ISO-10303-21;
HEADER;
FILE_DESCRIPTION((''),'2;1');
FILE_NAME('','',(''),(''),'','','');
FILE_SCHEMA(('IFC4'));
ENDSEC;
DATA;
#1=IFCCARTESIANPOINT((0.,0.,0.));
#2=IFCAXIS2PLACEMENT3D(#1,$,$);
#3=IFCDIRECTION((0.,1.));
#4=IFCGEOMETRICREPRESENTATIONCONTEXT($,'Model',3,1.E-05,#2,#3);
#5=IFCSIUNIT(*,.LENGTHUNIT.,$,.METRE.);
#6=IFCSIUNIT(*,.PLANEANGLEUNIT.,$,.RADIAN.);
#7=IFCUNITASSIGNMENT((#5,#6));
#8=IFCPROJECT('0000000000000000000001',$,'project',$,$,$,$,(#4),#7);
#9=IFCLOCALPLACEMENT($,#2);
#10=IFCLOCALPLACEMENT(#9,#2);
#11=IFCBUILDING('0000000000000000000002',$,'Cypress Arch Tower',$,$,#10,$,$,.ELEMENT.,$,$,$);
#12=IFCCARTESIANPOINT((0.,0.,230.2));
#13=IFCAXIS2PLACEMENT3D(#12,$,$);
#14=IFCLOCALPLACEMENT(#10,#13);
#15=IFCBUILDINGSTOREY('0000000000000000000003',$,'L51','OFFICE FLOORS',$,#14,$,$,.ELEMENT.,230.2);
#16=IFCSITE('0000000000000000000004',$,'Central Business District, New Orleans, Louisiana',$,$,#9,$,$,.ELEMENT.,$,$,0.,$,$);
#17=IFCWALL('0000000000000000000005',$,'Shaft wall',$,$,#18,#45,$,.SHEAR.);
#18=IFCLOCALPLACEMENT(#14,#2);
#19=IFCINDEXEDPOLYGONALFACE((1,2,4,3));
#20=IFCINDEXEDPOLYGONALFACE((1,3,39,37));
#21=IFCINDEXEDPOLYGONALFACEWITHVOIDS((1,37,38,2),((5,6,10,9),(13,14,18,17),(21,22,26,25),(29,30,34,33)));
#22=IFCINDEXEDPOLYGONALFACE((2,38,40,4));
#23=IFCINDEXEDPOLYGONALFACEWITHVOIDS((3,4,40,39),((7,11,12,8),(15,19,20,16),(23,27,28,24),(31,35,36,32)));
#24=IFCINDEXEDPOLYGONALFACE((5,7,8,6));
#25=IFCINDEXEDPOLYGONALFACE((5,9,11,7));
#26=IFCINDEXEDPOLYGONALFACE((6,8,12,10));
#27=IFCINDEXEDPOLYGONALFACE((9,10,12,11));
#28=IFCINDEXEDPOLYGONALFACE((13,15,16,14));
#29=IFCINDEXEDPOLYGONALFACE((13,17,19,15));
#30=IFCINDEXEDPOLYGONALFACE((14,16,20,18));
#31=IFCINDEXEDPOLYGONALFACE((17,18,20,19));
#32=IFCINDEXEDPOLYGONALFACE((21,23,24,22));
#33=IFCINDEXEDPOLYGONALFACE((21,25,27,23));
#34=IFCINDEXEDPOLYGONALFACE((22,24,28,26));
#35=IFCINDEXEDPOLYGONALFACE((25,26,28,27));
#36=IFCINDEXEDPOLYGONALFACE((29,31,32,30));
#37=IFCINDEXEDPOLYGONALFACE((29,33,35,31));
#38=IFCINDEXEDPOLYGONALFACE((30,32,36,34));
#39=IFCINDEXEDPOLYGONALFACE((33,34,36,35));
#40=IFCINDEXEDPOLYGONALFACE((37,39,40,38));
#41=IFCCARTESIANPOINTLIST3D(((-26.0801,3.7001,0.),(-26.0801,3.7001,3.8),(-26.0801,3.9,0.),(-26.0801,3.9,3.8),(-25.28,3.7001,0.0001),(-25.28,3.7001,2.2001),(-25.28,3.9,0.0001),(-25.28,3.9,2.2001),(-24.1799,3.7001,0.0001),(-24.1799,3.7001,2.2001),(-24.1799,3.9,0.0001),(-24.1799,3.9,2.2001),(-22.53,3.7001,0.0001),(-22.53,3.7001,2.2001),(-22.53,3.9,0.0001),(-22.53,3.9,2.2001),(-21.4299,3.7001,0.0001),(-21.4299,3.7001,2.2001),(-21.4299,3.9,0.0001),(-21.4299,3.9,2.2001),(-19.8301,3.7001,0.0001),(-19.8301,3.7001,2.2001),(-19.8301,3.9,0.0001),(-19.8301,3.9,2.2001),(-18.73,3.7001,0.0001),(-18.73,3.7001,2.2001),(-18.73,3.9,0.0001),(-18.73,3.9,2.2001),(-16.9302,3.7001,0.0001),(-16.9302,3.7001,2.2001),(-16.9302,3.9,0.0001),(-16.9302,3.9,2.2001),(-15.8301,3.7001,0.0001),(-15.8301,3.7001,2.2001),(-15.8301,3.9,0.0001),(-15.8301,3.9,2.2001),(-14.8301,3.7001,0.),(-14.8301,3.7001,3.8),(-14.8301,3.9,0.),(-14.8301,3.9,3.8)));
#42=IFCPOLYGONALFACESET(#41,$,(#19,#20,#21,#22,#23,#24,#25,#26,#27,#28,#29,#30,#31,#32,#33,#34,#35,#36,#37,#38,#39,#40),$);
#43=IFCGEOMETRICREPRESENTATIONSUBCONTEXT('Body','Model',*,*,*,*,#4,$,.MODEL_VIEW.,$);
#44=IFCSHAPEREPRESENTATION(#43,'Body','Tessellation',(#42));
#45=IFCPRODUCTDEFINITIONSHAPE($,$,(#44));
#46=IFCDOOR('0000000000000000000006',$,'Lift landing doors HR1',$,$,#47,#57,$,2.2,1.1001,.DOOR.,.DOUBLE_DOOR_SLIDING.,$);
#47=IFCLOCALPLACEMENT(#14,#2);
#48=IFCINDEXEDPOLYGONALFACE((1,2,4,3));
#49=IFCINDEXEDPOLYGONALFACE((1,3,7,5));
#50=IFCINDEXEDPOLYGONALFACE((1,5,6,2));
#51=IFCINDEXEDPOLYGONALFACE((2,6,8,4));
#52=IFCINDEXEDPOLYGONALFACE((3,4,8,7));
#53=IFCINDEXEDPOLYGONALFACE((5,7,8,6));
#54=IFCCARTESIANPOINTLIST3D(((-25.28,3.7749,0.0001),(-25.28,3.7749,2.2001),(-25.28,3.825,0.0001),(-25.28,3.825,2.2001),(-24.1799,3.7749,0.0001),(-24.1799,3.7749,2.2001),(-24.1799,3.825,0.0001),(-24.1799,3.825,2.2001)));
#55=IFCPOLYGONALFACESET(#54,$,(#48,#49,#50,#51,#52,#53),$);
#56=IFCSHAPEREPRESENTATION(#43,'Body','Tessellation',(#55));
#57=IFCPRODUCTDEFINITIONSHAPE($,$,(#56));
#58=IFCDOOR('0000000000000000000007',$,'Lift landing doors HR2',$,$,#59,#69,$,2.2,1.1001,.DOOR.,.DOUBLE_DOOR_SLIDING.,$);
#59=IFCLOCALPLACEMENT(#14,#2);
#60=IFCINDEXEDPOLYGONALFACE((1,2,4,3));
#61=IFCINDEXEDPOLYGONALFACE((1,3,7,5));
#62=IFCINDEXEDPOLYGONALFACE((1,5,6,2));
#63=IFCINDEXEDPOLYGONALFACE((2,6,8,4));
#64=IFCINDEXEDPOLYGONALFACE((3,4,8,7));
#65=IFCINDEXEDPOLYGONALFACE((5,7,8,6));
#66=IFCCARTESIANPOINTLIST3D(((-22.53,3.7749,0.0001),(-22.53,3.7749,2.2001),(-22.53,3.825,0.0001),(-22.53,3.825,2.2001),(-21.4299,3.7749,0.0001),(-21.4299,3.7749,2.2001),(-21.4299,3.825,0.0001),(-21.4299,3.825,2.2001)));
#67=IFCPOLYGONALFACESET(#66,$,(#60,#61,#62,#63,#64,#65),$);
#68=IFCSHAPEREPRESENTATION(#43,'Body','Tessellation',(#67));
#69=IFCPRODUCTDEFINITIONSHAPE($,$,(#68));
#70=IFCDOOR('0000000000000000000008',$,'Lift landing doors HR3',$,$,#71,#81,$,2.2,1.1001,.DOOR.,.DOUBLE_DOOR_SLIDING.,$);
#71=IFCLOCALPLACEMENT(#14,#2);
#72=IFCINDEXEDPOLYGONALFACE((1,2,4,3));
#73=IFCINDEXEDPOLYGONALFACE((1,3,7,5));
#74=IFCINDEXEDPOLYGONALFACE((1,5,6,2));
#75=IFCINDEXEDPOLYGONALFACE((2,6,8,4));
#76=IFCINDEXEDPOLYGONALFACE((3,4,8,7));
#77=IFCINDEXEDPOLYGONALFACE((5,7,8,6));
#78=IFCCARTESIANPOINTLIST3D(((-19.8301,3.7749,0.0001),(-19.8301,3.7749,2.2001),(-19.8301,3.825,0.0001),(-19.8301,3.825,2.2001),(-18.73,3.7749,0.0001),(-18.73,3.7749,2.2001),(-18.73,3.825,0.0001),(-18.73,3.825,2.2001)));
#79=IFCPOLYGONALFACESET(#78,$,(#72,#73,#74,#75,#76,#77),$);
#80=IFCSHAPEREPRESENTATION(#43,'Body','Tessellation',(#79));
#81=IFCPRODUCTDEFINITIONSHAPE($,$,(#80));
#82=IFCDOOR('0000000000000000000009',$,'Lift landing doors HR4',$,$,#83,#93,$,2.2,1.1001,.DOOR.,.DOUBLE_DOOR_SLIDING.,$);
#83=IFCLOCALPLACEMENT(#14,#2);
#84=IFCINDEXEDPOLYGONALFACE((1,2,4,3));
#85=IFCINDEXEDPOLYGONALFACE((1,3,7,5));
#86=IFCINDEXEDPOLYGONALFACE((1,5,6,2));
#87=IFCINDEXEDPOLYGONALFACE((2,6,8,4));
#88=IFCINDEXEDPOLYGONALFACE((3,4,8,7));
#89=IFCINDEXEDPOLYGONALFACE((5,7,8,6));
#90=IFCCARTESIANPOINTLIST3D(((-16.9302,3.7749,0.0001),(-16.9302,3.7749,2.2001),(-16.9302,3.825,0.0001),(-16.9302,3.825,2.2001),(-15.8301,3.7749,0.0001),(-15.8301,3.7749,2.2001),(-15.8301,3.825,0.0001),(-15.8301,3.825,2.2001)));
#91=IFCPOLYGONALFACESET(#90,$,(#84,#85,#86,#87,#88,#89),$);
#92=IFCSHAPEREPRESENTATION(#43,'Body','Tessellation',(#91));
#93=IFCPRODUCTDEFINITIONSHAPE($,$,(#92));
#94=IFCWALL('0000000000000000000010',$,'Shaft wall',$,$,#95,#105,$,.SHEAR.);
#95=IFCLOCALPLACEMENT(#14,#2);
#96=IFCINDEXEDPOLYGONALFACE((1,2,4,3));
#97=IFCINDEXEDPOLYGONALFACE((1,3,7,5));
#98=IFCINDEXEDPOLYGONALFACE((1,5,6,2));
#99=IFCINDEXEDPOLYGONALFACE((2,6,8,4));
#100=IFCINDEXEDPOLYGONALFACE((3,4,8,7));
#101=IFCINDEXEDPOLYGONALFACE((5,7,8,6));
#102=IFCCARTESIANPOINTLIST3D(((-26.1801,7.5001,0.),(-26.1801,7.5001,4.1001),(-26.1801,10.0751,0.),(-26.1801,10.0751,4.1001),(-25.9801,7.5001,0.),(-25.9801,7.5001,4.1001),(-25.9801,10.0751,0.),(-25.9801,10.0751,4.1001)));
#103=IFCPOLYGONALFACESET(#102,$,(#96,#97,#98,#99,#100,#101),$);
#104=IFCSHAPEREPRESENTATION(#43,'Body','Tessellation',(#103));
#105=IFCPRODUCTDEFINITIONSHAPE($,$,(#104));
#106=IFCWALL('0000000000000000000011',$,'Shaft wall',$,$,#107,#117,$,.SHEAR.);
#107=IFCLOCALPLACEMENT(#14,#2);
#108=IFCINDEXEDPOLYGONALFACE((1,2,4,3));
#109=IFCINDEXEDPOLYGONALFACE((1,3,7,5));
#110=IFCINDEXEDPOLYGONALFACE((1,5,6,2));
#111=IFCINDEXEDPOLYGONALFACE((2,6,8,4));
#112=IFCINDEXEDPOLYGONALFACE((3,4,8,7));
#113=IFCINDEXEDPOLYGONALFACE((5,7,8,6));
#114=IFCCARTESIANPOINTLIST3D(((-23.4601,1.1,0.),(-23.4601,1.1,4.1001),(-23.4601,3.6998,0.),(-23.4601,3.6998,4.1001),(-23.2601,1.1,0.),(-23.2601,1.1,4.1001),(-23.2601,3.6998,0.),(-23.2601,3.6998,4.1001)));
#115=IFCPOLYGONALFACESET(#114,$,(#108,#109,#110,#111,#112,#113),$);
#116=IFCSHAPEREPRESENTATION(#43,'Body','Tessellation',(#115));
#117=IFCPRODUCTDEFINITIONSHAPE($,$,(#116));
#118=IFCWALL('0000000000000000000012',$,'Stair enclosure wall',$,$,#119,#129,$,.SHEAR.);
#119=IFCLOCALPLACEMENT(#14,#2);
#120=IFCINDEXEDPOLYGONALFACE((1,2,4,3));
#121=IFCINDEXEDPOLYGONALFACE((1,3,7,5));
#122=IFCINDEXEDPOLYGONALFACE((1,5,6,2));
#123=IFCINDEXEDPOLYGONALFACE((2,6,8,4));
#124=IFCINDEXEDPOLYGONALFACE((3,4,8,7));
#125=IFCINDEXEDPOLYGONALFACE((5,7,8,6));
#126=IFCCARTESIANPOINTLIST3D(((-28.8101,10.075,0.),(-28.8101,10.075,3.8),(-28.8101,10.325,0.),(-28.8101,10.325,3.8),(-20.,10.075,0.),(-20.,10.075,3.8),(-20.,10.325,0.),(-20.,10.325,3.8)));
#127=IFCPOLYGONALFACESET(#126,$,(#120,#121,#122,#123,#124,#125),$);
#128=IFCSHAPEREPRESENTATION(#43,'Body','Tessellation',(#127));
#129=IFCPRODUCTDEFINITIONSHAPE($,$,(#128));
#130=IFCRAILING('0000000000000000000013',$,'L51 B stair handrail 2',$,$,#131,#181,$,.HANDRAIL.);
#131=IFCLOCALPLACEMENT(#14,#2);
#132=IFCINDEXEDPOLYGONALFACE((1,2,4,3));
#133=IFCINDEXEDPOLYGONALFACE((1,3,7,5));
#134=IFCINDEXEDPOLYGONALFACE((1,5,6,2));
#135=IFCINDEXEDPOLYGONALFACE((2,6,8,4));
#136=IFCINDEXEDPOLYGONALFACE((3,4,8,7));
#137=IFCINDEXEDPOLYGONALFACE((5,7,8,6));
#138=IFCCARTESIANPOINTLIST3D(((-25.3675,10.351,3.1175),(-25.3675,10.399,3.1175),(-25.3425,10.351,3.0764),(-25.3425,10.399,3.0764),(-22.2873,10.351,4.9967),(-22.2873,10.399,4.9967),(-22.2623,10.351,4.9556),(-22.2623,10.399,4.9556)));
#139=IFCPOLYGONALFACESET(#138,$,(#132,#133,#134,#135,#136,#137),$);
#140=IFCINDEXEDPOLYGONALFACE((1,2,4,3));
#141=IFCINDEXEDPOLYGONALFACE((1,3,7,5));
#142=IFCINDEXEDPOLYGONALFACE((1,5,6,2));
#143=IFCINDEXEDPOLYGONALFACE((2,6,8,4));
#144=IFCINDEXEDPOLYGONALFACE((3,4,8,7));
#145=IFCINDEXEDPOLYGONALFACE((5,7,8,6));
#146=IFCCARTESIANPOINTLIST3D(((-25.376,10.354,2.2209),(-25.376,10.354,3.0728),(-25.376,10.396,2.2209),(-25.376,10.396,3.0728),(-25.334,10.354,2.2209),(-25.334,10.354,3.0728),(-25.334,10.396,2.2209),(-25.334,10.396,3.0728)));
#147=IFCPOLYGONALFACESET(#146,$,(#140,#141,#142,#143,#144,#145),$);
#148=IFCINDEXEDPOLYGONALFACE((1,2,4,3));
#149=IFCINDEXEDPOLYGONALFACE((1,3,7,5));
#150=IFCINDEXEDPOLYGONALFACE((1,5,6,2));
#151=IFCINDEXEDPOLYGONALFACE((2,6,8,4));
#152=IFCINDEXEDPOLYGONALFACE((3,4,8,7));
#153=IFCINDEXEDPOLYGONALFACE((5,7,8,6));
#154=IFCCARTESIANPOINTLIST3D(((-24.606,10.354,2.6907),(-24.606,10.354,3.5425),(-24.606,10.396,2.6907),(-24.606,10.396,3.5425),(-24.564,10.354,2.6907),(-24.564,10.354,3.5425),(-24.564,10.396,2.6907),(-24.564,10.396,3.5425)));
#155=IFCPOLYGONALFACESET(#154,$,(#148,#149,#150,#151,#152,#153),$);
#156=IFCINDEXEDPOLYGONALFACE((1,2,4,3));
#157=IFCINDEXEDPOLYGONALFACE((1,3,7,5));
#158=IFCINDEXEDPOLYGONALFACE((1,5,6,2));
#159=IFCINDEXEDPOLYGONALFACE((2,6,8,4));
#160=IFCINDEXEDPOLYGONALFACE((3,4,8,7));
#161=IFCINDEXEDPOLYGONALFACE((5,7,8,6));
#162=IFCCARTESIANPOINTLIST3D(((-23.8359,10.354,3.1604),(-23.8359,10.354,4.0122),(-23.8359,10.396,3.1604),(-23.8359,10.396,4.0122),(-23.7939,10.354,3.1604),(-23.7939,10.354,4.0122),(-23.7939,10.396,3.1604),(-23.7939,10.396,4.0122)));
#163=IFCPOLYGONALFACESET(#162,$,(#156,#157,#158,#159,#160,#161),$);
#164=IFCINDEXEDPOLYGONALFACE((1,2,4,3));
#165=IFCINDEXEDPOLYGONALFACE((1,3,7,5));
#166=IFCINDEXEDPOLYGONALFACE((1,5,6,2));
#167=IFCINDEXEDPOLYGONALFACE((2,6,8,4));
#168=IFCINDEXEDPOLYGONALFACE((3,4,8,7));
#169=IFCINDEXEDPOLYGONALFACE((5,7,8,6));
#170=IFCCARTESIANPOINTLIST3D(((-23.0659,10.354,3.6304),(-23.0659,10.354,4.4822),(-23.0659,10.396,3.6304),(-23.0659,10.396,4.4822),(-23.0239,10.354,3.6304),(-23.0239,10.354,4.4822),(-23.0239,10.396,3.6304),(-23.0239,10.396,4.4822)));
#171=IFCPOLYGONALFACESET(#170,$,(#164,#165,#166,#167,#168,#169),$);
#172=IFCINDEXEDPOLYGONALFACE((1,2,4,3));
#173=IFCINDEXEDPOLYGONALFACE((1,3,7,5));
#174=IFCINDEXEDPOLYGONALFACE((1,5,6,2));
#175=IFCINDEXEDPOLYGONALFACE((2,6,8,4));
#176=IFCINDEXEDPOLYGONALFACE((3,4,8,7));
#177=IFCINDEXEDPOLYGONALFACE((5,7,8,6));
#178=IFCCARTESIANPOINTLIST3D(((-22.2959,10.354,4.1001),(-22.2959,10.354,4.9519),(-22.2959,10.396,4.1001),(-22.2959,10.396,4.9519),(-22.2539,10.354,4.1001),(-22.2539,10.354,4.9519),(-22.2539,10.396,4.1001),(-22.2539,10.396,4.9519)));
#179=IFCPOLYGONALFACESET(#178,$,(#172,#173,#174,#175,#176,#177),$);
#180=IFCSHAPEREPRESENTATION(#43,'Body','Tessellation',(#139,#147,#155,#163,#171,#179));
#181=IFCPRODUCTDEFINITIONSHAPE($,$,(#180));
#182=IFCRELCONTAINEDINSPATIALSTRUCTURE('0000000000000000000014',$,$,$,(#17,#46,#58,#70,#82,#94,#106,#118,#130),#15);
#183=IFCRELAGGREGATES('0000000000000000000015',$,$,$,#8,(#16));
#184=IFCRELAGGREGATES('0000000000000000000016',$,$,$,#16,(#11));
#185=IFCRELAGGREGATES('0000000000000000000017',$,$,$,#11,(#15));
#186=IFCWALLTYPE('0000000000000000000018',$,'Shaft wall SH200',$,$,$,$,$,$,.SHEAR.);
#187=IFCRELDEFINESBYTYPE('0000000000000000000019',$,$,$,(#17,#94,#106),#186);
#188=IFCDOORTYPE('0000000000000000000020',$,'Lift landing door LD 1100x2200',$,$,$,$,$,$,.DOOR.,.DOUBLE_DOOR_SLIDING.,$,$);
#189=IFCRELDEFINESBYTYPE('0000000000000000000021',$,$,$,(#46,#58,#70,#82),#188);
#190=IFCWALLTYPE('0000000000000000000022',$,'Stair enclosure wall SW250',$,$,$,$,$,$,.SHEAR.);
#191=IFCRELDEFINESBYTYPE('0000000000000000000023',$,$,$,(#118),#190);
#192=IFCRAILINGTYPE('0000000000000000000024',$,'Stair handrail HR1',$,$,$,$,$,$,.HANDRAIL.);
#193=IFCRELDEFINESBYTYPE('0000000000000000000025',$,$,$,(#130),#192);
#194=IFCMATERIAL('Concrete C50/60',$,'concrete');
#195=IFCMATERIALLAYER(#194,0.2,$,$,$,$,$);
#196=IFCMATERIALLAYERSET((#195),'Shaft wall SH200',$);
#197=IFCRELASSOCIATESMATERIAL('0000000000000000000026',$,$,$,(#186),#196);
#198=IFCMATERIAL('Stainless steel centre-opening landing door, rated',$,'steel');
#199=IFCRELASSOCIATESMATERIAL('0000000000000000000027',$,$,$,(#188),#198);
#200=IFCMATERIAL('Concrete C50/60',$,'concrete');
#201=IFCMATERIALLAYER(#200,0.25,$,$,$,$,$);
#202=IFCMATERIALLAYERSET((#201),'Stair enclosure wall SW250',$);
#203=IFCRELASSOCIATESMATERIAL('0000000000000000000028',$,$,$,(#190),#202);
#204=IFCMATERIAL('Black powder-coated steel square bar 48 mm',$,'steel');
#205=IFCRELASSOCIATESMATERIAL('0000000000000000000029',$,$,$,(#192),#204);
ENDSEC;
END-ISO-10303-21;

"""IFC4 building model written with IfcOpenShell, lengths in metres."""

from ifc_helpers import new_model, si_unit, direction, frame, frame_2d, origin, origin_2d, place, context, subcontext, project, spatial, rectangle, extrude, material, layer, layer_set, type_object, element, fill, save


model = new_model("IFC4")

# Units and contexts
model_context = context("Model", 3, precision=1e-05, world=origin(), true_north=direction((0.0, 1.0)))
body_context = subcontext(model_context, "Body", "Model", "MODEL_VIEW")
ifc_project = project(units=[si_unit("LENGTHUNIT", "METRE"), si_unit("PLANEANGLEUNIT", "RADIAN")], contexts=[model_context])

# Site, building, storey
site_placement = place(None, origin())
site = spatial("IfcSite", under=ifc_project, at=site_placement, Name="Central Business District, New Orleans, Louisiana", CompositionType="ELEMENT", RefElevation=0.0)
building_placement = place(site_placement, origin())
building = spatial("IfcBuilding", under=site, at=building_placement, Name="Cypress Arch Tower", CompositionType="ELEMENT")
storey_placement = place(building_placement, frame((0.0, 0.0, 230.2)))
storey = spatial("IfcBuildingStorey", under=building, at=storey_placement, Name="L51", Description="OFFICE FLOORS", CompositionType="ELEMENT", Elevation=230.2)

# Shared definitions
ifc_material_1 = material(Name="Concrete C50/60", Category="concrete")
ifc_layer_1 = layer(ifc_material_1, 0.2)
ifc_layer_set_1 = layer_set([ifc_layer_1], Name="Shaft wall SH200")
wall_type_1 = type_object("IfcWallType", Name="Shaft wall SH200", PredefinedType="SHEAR", material=ifc_layer_set_1)
ifc_material_2 = material(Name="Stainless steel centre-opening landing door, rated", Category="steel")
door_type_1 = type_object("IfcDoorType", Name="Lift landing door LD 1100x2200", OperationType="DOUBLE_DOOR_SLIDING", PredefinedType="DOOR", material=ifc_material_2)

# Wall, openings, doors
wall_1_placement = place(storey_placement, frame((-26.0801, 3.8, 0.0), z_axis=(0.0, 0.0, 1.0), x_axis=(1.0, 0.0, 0.0)))
wall_1 = element("IfcWall", 1, at=wall_1_placement, inside=storey, type_object=wall_type_1, Name="Shaft wall", PredefinedType="SHEAR", context=body_context, shape_type="SweptSolid", body=[
    extrude(rectangle(XDim=11.25, YDim=0.2, at=frame_2d((5.625, 0.0))), origin(), (0.0, 0.0, 1.0), 3.8),
])
opening_1_placement = place(wall_1_placement, frame((0.8, 0.0, 0.0)))
opening_1 = element("IfcOpeningElement", 2, at=opening_1_placement, cuts=wall_1, PredefinedType="OPENING", context=body_context, shape_type="SweptSolid", body=[
    extrude(rectangle(XDim=1.1001, YDim=2.2, at=frame_2d((0.55, 1.1001))), frame((0.0, 0.1099, 0.0), z_axis=(0.0, -1.0, 0.0), x_axis=(1.0, 0.0, 0.0)), (0.0, 0.0, 1.0), 0.22),
])
opening_2_placement = place(wall_1_placement, frame((3.55, 0.0, 0.0)))
opening_2 = element("IfcOpeningElement", 3, at=opening_2_placement, cuts=wall_1, PredefinedType="OPENING", context=body_context, shape_type="SweptSolid", body=[
    extrude(rectangle(XDim=1.1001, YDim=2.2, at=frame_2d((0.55, 1.1001))), frame((0.0, 0.1099, 0.0), z_axis=(0.0, -1.0, 0.0), x_axis=(1.0, 0.0, 0.0)), (0.0, 0.0, 1.0), 0.22),
])
opening_3_placement = place(wall_1_placement, frame((6.25, 0.0, 0.0)))
opening_3 = element("IfcOpeningElement", 4, at=opening_3_placement, cuts=wall_1, PredefinedType="OPENING", context=body_context, shape_type="SweptSolid", body=[
    extrude(rectangle(XDim=1.1001, YDim=2.2, at=frame_2d((0.55, 1.1001))), frame((0.0, 0.1099, 0.0), z_axis=(0.0, -1.0, 0.0), x_axis=(1.0, 0.0, 0.0)), (0.0, 0.0, 1.0), 0.22),
])
opening_4_placement = place(wall_1_placement, frame((9.1499, 0.0, 0.0)))
opening_4 = element("IfcOpeningElement", 5, at=opening_4_placement, cuts=wall_1, PredefinedType="OPENING", context=body_context, shape_type="SweptSolid", body=[
    extrude(rectangle(XDim=1.1001, YDim=2.2, at=frame_2d((0.55, 1.1001))), frame((0.0, 0.1099, 0.0), z_axis=(0.0, -1.0, 0.0), x_axis=(1.0, 0.0, 0.0)), (0.0, 0.0, 1.0), 0.22),
])
door_1_placement = place(opening_1_placement, origin())
door_1 = element("IfcDoor", 6, at=door_1_placement, inside=storey, type_object=door_type_1, Name="Lift landing doors HR1", OperationType="DOUBLE_DOOR_SLIDING", OverallHeight=2.2, OverallWidth=1.1001, PredefinedType="DOOR", context=body_context, shape_type="SweptSolid", body=[
    extrude(rectangle(XDim=1.1001, YDim=2.2, at=frame_2d((0.55, 1.1001))), frame((0.0, 0.0249, 0.0), z_axis=(0.0, -1.0, 0.0), x_axis=(1.0, 0.0, 0.0)), (0.0, 0.0, 1.0), 0.05),
])
fill(opening_1, door_1)
door_2_placement = place(opening_2_placement, origin())
door_2 = element("IfcDoor", 7, at=door_2_placement, inside=storey, type_object=door_type_1, Name="Lift landing doors HR2", OperationType="DOUBLE_DOOR_SLIDING", OverallHeight=2.2, OverallWidth=1.1001, PredefinedType="DOOR", context=body_context, shape_type="SweptSolid", body=[
    extrude(rectangle(XDim=1.1001, YDim=2.2, at=frame_2d((0.55, 1.1001))), frame((0.0, 0.0249, 0.0), z_axis=(0.0, -1.0, 0.0), x_axis=(1.0, 0.0, 0.0)), (0.0, 0.0, 1.0), 0.05),
])
fill(opening_2, door_2)
door_3_placement = place(opening_3_placement, origin())
door_3 = element("IfcDoor", 8, at=door_3_placement, inside=storey, type_object=door_type_1, Name="Lift landing doors HR3", OperationType="DOUBLE_DOOR_SLIDING", OverallHeight=2.2, OverallWidth=1.1001, PredefinedType="DOOR", context=body_context, shape_type="SweptSolid", body=[
    extrude(rectangle(XDim=1.1001, YDim=2.2, at=frame_2d((0.55, 1.1001))), frame((0.0, 0.0249, 0.0), z_axis=(0.0, -1.0, 0.0), x_axis=(1.0, 0.0, 0.0)), (0.0, 0.0, 1.0), 0.05),
])
fill(opening_3, door_3)
door_4_placement = place(opening_4_placement, origin())
door_4 = element("IfcDoor", 9, at=door_4_placement, inside=storey, type_object=door_type_1, Name="Lift landing doors HR4", OperationType="DOUBLE_DOOR_SLIDING", OverallHeight=2.2, OverallWidth=1.1001, PredefinedType="DOOR", context=body_context, shape_type="SweptSolid", body=[
    extrude(rectangle(XDim=1.1001, YDim=2.2, at=frame_2d((0.55, 1.1001))), frame((0.0, 0.0249, 0.0), z_axis=(0.0, -1.0, 0.0), x_axis=(1.0, 0.0, 0.0)), (0.0, 0.0, 1.0), 0.05),
])
fill(opening_4, door_4)

# Walls
wall_2_placement = place(storey_placement, frame((-26.0801, 7.5, 0.0), z_axis=(0.0, 0.0, 1.0), x_axis=(0.0, 1.0, 0.0)))
element("IfcWall", 10, at=wall_2_placement, inside=storey, type_object=wall_type_1, Name="Shaft wall", PredefinedType="SHEAR", context=body_context, shape_type="SweptSolid", body=[
    extrude(rectangle(XDim=2.575, YDim=0.2, at=frame_2d((1.2876, 0.0))), origin(), (0.0, 0.0, 1.0), 4.1001),
])
wall_3_placement = place(storey_placement, frame((-23.3601, 1.1001, 0.0), z_axis=(0.0, 0.0, 1.0), x_axis=(0.0, 1.0, 0.0)))
element("IfcWall", 11, at=wall_3_placement, inside=storey, type_object=wall_type_1, Name="Shaft wall", PredefinedType="SHEAR", context=body_context, shape_type="SweptSolid", body=[
    extrude(rectangle(XDim=2.5999, YDim=0.2, at=frame_2d((1.2998, 0.0))), origin(), (0.0, 0.0, 1.0), 4.1001),
])
ifc_material_3 = material(Name="Concrete C50/60", Category="concrete")
ifc_layer_2 = layer(ifc_material_3, 0.25)
ifc_layer_set_2 = layer_set([ifc_layer_2], Name="Stair enclosure wall SW250")
wall_type_2 = type_object("IfcWallType", Name="Stair enclosure wall SW250", PredefinedType="SHEAR", material=ifc_layer_set_2)
wall_4_placement = place(storey_placement, frame((-28.8101, 10.2, 0.0), z_axis=(0.0, 0.0, 1.0), x_axis=(1.0, 0.0, 0.0)))
element("IfcWall", 12, at=wall_4_placement, inside=storey, type_object=wall_type_2, Name="Stair enclosure wall", PredefinedType="SHEAR", context=body_context, shape_type="SweptSolid", body=[
    extrude(rectangle(XDim=8.8101, YDim=0.25, at=frame_2d((4.405, 0.0))), origin(), (0.0, 0.0, 1.0), 3.8),
])

# Railing
ifc_material_4 = material(Name="Black powder-coated steel square bar 48 mm", Category="steel")
railing_type_1 = type_object("IfcRailingType", Name="Stair handrail HR1", PredefinedType="HANDRAIL", material=ifc_material_4)
railing_1_placement = place(storey_placement, frame((-25.355, 10.375, 2.2209)))
element("IfcRailing", 13, at=railing_1_placement, inside=storey, type_object=railing_type_1, Name="L51 B stair handrail 2", PredefinedType="HANDRAIL", context=body_context, shape_type="SweptSolid", body=[
    extrude(rectangle(XDim=0.0481, YDim=0.0481, at=origin_2d()), frame((0.0, 0.0, 0.876), z_axis=(0.853666, 0.0, 0.52082), x_axis=(0.0, 1.0, 0.0)), (0.0, 0.0, 1.0), 3.6082),
    extrude(rectangle(XDim=0.042, YDim=0.042, at=origin_2d()), origin(), (0.0, 0.0, 1.0), 0.8518),
    extrude(rectangle(XDim=0.042, YDim=0.042, at=origin_2d()), frame((0.77, 0.0, 0.4697)), (0.0, 0.0, 1.0), 0.8518),
    extrude(rectangle(XDim=0.042, YDim=0.042, at=origin_2d()), frame((1.54, 0.0, 0.9395)), (0.0, 0.0, 1.0), 0.8518),
    extrude(rectangle(XDim=0.042, YDim=0.042, at=origin_2d()), frame((2.3101, 0.0, 1.4094)), (0.0, 0.0, 1.0), 0.8518),
    extrude(rectangle(XDim=0.042, YDim=0.042, at=origin_2d()), frame((3.0801, 0.0, 1.8792)), (0.0, 0.0, 1.0), 0.8518),
])

save(model, "model.ifc")
